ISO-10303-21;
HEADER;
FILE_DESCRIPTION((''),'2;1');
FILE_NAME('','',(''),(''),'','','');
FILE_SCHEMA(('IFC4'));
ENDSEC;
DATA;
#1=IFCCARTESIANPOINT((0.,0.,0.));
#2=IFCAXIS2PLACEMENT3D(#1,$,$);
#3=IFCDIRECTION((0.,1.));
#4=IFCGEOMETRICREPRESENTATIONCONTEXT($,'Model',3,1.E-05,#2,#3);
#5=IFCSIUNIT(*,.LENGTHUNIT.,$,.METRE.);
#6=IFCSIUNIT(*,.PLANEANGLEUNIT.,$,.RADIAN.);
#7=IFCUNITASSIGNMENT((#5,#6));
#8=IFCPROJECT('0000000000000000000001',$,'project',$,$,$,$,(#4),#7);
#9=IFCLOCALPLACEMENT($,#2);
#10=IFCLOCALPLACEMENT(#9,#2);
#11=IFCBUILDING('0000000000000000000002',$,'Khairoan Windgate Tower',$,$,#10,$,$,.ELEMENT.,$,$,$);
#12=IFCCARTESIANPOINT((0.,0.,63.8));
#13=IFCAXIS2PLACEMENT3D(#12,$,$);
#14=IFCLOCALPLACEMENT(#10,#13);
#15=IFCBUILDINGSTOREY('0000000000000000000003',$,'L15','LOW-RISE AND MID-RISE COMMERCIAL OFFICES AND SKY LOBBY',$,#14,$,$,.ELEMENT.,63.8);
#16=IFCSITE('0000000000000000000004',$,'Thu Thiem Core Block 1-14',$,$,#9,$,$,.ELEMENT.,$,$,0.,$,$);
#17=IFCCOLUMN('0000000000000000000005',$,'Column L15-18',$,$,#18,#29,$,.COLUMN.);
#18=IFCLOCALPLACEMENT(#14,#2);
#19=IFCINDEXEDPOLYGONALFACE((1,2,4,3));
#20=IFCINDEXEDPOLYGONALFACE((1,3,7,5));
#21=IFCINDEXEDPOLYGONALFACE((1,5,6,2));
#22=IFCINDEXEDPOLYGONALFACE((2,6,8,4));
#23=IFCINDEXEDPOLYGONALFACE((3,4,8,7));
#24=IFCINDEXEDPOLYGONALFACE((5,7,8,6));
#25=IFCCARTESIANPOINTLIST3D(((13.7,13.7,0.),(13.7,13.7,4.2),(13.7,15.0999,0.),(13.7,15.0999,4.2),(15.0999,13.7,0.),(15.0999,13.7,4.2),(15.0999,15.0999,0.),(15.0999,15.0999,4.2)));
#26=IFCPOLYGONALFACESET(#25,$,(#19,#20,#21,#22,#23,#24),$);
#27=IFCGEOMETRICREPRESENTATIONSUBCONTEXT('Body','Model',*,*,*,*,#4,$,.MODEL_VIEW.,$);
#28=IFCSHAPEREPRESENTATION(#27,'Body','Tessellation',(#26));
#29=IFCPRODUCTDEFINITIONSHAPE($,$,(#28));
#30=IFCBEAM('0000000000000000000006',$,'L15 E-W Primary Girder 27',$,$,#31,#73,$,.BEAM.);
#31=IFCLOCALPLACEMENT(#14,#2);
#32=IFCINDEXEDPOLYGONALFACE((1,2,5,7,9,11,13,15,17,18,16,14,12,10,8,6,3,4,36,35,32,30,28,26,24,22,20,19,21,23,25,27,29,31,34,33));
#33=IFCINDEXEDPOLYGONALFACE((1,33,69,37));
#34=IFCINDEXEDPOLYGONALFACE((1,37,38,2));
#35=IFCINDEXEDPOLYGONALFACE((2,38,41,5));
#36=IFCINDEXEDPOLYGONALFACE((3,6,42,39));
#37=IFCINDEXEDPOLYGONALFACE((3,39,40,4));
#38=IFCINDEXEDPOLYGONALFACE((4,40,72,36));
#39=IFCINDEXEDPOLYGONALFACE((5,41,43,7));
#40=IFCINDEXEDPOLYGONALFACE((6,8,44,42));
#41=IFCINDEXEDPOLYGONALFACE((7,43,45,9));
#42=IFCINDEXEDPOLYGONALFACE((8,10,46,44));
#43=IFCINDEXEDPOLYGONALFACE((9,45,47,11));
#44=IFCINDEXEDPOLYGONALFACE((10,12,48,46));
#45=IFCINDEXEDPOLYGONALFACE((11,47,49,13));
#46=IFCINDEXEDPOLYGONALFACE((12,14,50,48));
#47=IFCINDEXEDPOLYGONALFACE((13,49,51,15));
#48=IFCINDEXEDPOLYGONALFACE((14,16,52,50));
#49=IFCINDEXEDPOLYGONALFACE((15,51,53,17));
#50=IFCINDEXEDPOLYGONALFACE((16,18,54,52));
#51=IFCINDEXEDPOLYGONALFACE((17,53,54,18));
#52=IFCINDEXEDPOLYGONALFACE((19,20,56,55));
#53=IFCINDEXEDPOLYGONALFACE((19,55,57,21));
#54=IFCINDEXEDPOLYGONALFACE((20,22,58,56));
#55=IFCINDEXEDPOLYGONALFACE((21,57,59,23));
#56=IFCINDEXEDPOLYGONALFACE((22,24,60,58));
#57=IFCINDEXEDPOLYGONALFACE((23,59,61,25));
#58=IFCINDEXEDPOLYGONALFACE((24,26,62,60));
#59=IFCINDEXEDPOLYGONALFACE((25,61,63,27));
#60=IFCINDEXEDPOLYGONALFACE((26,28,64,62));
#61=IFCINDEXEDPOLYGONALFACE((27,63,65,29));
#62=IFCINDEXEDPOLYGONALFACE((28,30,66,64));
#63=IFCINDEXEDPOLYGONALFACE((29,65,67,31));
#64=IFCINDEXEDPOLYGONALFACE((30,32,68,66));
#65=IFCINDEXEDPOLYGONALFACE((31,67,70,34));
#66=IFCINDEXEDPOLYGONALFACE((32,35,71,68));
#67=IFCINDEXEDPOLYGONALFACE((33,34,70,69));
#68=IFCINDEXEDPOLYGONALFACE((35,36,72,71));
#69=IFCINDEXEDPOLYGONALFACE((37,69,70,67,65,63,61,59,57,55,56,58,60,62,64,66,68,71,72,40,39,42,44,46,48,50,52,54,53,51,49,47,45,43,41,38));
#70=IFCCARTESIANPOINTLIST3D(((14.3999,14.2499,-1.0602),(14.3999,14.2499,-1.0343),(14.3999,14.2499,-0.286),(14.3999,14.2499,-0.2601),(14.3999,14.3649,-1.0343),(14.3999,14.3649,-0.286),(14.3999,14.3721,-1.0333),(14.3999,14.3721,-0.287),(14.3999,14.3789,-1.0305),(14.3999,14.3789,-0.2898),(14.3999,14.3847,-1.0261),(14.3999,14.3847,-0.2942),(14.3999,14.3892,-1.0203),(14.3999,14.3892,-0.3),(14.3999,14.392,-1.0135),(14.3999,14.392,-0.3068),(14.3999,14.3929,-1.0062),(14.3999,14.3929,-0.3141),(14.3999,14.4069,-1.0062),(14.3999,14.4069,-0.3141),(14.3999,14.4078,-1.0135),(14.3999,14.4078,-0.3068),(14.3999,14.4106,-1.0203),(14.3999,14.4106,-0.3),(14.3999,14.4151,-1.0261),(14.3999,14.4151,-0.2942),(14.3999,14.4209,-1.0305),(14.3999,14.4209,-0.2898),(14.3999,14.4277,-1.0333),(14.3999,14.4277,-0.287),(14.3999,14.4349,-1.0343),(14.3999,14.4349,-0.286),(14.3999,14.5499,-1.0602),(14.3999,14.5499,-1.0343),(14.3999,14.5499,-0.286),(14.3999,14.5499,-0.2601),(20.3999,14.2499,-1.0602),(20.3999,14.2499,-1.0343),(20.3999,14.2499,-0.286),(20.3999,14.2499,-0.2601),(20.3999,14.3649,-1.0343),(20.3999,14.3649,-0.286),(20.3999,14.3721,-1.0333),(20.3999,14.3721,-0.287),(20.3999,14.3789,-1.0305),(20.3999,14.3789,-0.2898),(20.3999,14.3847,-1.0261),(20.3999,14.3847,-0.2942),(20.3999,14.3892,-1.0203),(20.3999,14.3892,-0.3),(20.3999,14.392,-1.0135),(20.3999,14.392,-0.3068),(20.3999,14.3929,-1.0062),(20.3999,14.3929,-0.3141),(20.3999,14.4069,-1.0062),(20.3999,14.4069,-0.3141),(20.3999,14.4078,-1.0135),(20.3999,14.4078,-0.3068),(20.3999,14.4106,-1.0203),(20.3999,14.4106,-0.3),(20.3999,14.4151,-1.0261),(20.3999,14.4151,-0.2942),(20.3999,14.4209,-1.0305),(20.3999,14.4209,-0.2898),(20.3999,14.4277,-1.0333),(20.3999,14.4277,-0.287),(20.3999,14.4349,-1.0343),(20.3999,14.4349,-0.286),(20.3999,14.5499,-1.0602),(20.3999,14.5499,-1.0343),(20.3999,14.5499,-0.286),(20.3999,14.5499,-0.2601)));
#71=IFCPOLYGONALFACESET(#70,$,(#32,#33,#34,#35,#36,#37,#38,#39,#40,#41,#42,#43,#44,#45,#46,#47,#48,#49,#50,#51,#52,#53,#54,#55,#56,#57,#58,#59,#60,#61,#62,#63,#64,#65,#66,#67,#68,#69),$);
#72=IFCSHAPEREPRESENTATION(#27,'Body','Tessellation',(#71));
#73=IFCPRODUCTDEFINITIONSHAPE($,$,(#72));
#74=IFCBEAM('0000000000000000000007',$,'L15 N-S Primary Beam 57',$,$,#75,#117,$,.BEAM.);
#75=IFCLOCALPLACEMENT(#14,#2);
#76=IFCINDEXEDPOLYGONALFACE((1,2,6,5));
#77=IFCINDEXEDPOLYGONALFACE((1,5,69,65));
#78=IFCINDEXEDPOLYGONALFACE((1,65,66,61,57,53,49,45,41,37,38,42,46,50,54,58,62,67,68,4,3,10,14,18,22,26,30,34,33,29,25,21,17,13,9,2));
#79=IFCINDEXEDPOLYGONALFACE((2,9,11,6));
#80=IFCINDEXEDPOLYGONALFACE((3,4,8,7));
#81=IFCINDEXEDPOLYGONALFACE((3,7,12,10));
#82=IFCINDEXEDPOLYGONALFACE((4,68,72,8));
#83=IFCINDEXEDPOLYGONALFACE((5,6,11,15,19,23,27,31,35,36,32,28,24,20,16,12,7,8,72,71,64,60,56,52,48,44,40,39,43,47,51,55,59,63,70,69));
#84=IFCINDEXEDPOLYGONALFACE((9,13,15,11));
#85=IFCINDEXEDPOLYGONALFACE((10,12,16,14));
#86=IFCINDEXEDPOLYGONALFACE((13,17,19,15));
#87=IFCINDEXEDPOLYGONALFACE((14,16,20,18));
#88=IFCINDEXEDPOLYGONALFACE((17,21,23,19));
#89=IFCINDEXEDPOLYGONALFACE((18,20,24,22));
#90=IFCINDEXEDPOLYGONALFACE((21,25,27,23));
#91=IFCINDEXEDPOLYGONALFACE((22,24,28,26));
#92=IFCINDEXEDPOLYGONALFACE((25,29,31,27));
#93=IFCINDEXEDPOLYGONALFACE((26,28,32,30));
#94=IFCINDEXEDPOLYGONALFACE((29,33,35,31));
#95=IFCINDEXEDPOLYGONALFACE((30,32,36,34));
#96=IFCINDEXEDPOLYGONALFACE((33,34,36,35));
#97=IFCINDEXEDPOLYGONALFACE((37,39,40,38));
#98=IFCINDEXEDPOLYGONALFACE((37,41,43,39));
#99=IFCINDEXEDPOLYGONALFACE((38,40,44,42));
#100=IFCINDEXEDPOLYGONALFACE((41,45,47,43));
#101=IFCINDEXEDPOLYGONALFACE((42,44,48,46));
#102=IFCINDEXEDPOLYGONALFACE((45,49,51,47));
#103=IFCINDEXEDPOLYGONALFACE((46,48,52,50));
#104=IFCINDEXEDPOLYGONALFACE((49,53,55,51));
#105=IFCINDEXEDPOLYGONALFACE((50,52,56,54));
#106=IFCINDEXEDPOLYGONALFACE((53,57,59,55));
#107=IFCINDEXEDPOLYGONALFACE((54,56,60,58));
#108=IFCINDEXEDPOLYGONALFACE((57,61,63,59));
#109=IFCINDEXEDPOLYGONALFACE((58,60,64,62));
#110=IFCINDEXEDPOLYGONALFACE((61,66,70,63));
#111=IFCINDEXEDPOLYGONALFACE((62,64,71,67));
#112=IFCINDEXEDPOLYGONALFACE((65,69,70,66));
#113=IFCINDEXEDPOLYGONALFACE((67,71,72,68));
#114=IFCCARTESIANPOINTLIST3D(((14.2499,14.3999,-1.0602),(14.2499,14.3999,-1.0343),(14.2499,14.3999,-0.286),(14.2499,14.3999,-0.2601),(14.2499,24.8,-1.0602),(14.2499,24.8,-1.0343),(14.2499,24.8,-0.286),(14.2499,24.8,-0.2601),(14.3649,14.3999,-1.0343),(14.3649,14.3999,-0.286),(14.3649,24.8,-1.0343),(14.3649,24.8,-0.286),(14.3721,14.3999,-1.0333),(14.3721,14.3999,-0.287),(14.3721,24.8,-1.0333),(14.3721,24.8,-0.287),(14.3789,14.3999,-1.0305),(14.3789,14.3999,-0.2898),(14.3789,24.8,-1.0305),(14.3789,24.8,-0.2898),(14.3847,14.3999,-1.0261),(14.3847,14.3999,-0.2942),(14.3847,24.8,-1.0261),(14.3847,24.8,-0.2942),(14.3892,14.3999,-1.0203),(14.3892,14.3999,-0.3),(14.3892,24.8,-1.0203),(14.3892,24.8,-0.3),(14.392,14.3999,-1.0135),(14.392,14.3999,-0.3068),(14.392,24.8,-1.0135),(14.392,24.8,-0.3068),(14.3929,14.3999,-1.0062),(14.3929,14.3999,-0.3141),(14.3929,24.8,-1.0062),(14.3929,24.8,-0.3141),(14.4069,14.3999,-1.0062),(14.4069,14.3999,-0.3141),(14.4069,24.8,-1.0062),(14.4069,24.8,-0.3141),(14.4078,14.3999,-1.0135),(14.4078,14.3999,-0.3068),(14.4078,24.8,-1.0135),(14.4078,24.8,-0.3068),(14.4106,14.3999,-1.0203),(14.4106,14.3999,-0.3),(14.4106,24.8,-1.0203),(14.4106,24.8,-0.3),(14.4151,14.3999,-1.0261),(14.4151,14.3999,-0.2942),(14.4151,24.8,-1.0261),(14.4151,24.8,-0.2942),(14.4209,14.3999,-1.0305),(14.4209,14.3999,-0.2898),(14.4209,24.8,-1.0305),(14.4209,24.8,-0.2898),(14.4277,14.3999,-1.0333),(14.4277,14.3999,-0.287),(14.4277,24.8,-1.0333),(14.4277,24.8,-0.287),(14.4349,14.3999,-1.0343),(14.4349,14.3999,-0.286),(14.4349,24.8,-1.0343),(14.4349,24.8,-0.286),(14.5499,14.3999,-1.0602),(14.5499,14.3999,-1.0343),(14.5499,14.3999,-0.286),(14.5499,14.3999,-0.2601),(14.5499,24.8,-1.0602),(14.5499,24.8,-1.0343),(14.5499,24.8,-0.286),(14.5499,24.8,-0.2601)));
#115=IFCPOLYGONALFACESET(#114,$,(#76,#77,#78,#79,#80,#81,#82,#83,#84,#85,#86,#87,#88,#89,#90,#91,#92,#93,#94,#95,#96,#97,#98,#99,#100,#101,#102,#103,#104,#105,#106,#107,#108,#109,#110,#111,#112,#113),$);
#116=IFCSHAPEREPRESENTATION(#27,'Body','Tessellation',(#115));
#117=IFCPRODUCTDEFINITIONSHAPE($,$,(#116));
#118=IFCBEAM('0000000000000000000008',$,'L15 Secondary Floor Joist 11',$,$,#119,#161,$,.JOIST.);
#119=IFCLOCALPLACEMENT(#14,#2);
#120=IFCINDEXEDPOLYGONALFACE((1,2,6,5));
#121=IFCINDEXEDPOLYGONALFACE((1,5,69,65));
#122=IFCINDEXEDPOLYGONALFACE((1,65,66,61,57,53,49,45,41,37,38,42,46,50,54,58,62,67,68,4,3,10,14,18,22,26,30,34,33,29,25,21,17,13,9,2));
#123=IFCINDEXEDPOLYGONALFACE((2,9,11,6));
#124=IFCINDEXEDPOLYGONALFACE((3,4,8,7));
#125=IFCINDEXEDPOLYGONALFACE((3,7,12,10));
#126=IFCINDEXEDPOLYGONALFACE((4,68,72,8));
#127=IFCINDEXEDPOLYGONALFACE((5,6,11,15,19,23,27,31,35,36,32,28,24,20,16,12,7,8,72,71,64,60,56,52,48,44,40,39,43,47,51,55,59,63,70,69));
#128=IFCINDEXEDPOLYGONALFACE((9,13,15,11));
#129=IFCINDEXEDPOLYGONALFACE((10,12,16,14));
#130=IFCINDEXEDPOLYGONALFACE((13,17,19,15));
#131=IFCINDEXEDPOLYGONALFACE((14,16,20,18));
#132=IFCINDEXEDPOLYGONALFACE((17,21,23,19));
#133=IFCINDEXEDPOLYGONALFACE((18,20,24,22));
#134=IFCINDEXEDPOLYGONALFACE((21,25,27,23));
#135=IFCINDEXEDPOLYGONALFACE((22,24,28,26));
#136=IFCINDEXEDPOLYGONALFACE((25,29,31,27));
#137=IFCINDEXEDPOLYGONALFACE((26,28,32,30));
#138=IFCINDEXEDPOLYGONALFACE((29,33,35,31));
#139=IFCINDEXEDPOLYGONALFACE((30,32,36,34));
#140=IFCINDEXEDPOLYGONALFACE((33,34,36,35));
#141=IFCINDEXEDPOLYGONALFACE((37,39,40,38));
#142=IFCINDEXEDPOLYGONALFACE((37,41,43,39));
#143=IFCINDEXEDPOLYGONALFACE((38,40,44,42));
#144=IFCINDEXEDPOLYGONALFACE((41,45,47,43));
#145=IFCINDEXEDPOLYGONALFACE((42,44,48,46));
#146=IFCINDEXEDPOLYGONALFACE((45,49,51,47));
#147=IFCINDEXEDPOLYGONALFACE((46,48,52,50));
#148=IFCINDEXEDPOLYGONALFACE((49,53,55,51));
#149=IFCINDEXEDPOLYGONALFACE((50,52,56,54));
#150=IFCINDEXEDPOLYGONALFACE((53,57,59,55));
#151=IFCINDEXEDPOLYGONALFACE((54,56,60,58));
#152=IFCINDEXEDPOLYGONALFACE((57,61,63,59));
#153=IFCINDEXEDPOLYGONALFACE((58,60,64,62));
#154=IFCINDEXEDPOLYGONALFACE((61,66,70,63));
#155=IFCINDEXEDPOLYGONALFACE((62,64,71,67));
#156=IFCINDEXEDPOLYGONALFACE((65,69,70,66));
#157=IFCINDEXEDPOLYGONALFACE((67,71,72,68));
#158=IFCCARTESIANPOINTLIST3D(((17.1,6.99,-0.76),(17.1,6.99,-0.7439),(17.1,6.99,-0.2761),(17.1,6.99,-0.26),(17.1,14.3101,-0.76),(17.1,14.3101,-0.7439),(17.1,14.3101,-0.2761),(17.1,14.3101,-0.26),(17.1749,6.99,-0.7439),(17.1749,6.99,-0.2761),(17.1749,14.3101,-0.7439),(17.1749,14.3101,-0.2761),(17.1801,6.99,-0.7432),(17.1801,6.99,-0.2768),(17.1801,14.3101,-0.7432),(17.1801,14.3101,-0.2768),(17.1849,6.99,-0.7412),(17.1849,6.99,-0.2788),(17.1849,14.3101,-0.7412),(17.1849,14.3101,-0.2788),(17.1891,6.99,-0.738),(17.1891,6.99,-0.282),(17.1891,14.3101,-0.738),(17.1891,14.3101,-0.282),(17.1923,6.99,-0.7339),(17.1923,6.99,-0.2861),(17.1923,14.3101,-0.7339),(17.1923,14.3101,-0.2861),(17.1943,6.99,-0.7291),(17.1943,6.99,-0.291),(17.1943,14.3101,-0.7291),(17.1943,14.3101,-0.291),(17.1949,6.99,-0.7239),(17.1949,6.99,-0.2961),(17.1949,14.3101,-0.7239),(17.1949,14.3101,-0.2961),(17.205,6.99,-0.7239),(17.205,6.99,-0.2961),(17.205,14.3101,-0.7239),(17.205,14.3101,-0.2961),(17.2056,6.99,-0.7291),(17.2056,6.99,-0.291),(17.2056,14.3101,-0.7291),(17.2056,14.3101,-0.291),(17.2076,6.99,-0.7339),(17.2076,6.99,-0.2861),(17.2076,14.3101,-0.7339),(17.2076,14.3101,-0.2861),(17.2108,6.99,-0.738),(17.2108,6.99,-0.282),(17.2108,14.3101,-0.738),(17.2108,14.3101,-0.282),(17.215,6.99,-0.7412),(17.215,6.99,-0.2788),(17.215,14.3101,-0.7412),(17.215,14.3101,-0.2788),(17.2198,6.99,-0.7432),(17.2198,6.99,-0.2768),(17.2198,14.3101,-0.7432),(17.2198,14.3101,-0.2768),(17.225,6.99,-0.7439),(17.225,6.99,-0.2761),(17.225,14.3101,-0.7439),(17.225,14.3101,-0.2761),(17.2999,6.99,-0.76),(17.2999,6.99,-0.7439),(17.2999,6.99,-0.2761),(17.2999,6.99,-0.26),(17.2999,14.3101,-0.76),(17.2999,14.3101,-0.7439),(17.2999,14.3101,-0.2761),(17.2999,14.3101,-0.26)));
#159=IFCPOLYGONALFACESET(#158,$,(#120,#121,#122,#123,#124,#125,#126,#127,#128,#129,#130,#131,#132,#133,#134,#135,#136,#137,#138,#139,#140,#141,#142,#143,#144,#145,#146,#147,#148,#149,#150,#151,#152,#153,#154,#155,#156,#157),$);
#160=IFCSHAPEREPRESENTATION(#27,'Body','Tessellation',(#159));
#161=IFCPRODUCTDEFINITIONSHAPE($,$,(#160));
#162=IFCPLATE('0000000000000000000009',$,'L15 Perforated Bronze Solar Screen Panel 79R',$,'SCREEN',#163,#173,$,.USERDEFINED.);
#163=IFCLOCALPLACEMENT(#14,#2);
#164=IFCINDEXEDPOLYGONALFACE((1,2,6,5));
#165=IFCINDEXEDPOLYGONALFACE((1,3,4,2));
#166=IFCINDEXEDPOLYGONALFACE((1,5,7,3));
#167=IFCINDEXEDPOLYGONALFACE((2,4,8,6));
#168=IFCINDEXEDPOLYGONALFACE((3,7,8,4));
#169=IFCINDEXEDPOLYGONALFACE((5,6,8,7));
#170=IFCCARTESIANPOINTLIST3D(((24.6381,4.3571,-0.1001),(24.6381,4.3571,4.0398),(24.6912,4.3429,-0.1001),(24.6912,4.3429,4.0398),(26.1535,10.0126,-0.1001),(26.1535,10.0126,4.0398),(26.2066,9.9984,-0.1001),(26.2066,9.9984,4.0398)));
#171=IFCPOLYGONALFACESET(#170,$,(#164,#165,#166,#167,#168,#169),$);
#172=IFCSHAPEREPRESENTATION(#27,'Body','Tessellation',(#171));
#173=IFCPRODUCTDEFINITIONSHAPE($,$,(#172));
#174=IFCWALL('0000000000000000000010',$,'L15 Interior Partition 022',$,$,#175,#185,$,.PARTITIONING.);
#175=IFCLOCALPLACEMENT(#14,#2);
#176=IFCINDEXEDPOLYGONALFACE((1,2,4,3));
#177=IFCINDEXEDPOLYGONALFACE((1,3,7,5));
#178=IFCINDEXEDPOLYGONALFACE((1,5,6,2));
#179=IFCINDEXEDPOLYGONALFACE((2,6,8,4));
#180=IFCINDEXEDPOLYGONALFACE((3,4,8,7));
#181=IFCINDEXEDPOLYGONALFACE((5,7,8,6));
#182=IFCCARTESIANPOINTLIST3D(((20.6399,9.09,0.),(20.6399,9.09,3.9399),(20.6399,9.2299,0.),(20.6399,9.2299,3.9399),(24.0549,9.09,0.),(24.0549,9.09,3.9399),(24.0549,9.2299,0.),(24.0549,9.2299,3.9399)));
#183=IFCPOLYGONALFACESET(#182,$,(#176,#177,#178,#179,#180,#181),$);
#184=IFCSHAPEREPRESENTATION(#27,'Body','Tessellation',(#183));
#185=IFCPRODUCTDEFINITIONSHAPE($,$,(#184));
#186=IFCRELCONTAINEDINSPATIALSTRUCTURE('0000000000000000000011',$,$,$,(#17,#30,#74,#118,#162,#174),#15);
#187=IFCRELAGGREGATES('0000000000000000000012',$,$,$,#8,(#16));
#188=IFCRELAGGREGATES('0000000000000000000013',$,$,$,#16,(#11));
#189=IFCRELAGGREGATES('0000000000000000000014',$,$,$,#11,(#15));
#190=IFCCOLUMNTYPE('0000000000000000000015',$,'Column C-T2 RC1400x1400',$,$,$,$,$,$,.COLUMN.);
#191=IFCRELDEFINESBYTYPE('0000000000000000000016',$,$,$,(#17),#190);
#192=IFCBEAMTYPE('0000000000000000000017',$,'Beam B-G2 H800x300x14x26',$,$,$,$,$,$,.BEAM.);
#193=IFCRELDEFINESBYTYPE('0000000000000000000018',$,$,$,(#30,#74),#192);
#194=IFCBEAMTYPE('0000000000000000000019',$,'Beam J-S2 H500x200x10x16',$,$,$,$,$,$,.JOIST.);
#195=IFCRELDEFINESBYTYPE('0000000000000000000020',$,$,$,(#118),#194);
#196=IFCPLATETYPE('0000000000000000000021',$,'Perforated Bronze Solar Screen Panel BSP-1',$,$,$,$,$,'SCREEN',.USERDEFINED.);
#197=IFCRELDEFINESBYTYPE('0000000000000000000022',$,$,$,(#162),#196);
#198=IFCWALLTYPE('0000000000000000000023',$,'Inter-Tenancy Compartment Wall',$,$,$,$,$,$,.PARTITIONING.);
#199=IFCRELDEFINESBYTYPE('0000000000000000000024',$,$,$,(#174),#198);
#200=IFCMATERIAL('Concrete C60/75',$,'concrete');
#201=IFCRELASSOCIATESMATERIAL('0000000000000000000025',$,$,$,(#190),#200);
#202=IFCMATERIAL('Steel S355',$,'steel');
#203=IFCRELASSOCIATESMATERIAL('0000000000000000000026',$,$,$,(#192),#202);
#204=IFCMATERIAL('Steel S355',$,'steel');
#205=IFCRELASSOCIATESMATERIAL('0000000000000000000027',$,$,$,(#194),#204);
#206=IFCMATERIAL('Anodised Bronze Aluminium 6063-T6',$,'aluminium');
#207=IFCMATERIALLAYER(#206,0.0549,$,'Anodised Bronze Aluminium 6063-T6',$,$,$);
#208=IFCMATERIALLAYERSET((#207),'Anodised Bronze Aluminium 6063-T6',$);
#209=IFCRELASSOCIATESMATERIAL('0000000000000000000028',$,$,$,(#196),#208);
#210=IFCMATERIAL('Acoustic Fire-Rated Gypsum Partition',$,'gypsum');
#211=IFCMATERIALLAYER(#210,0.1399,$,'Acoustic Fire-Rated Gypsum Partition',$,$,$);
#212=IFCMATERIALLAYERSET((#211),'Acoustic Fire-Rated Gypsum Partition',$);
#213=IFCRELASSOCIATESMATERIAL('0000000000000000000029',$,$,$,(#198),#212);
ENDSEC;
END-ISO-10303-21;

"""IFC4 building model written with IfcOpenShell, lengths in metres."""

from ifc_helpers import new_model, si_unit, direction, frame, frame_2d, origin, origin_2d, place, context, subcontext, project, spatial, rectangle, i_section, extrude, material, layer, layer_set, material_profile, profile_set, type_object, element, save


model = new_model("IFC4")

# Units and contexts
model_context = context("Model", 3, precision=1e-05, world=origin(), true_north=direction((0.0, 1.0)))
body_context = subcontext(model_context, "Body", "Model", "MODEL_VIEW")
ifc_project = project(units=[si_unit("LENGTHUNIT", "METRE"), si_unit("PLANEANGLEUNIT", "RADIAN")], contexts=[model_context])

# Site, building, storey
site_placement = place(None, origin())
site = spatial("IfcSite", under=ifc_project, at=site_placement, Name="Thu Thiem Core Block 1-14", CompositionType="ELEMENT", RefElevation=0.0)
building_placement = place(site_placement, origin())
building = spatial("IfcBuilding", under=site, at=building_placement, Name="Khairoan Windgate Tower", CompositionType="ELEMENT")
storey_placement = place(building_placement, frame((0.0, 0.0, 63.8)))
storey = spatial("IfcBuildingStorey", under=building, at=storey_placement, Name="L15", Description="LOW-RISE AND MID-RISE COMMERCIAL OFFICES AND SKY LOBBY", CompositionType="ELEMENT", Elevation=63.8)

# Column
ifc_material_1 = material(Name="Concrete C60/75", Category="concrete")
ifc_material_profile_1 = material_profile(ifc_material_1, rectangle(XDim=1.3999, YDim=1.3999, at=origin_2d()))
ifc_profile_set_1 = profile_set([ifc_material_profile_1], Name="Concrete C60/75")
column_type = type_object("IfcColumnType", Name="Column C-T2 RC1400x1400", PredefinedType="COLUMN", material=ifc_profile_set_1)
column_placement = place(storey_placement, frame((14.3999, 14.3999, 0.0), z_axis=(0.0, 0.0, 1.0), x_axis=(1.0, 0.0, 0.0)))
element("IfcColumn", 1, at=column_placement, inside=storey, type_object=column_type, Name="Column L15-18", PredefinedType="COLUMN", context=body_context, shape_type="SweptSolid", body=[
    extrude(rectangle(XDim=1.3999, YDim=1.3999, at=origin_2d()), origin(), (0.0, 0.0, 1.0), 4.2),
])

# Beams
ifc_material_2 = material(Name="Steel S355", Category="steel")
ifc_material_profile_2 = material_profile(ifc_material_2, i_section(OverallWidth=0.3, OverallDepth=0.8, WebThickness=0.0139, FlangeThickness=0.0259, FilletRadius=0.0281, at=origin_2d()))
ifc_profile_set_2 = profile_set([ifc_material_profile_2], Name="Steel S355")
beam_type_1 = type_object("IfcBeamType", Name="Beam B-G2 H800x300x14x26", PredefinedType="BEAM", material=ifc_profile_set_2)
beam_1_placement = place(storey_placement, frame((14.3999, 14.3999, -0.6602), z_axis=(1.0, 0.0, 0.0), x_axis=(0.0, 1.0, 0.0)))
element("IfcBeam", 2, at=beam_1_placement, inside=storey, type_object=beam_type_1, Name="L15 E-W Primary Girder 27", PredefinedType="BEAM", context=body_context, shape_type="SweptSolid", body=[
    extrude(i_section(OverallWidth=0.3, OverallDepth=0.8, WebThickness=0.0139, FlangeThickness=0.0259, FilletRadius=0.0281, at=origin_2d()), origin(), (0.0, 0.0, 1.0), 6.0),
])
beam_2_placement = place(storey_placement, frame((14.3999, 14.3999, -0.6602), z_axis=(0.0, 1.0, 0.0), x_axis=(-1.0, 0.0, 0.0)))
element("IfcBeam", 3, at=beam_2_placement, inside=storey, type_object=beam_type_1, Name="L15 N-S Primary Beam 57", PredefinedType="BEAM", context=body_context, shape_type="SweptSolid", body=[
    extrude(i_section(OverallWidth=0.3, OverallDepth=0.8, WebThickness=0.0139, FlangeThickness=0.0259, FilletRadius=0.0281, at=origin_2d()), origin(), (0.0, 0.0, 1.0), 10.4001),
])
ifc_material_3 = material(Name="Steel S355", Category="steel")
ifc_material_profile_3 = material_profile(ifc_material_3, i_section(OverallWidth=0.2, OverallDepth=0.5, WebThickness=0.01, FlangeThickness=0.0161, FilletRadius=0.02, at=origin_2d()))
ifc_profile_set_3 = profile_set([ifc_material_profile_3], Name="Steel S355")
beam_type_2 = type_object("IfcBeamType", Name="Beam J-S2 H500x200x10x16", PredefinedType="JOIST", material=ifc_profile_set_3)
beam_3_placement = place(storey_placement, frame((17.2, 6.99, -0.51), z_axis=(0.0, 1.0, 0.0), x_axis=(-1.0, 0.0, 0.0)))
element("IfcBeam", 4, at=beam_3_placement, inside=storey, type_object=beam_type_2, Name="L15 Secondary Floor Joist 11", PredefinedType="JOIST", context=body_context, shape_type="SweptSolid", body=[
    extrude(i_section(OverallWidth=0.2, OverallDepth=0.5, WebThickness=0.01, FlangeThickness=0.0161, FilletRadius=0.02, at=origin_2d()), origin(), (0.0, 0.0, 1.0), 7.3201),
])

# Plate
ifc_material_4 = material(Name="Anodised Bronze Aluminium 6063-T6", Category="aluminium")
ifc_layer_1 = layer(ifc_material_4, 0.0549, Name="Anodised Bronze Aluminium 6063-T6")
ifc_layer_set_1 = layer_set([ifc_layer_1], Name="Anodised Bronze Aluminium 6063-T6")
plate_type = type_object("IfcPlateType", Name="Perforated Bronze Solar Screen Panel BSP-1", ElementType="SCREEN", PredefinedType="USERDEFINED", material=ifc_layer_set_1)
plate_placement = place(storey_placement, frame((25.4224, 7.1777, -0.1001), z_axis=(0.0, 0.0, 1.0), x_axis=(-0.258819, -0.965926, 0.0)))
element("IfcPlate", 5, at=plate_placement, inside=storey, type_object=plate_type, Name="L15 Perforated Bronze Solar Screen Panel 79R", ObjectType="SCREEN", PredefinedType="USERDEFINED", context=body_context, shape_type="SweptSolid", body=[
    extrude(rectangle(XDim=5.855, YDim=0.0549, at=origin_2d()), origin(), (0.0, 0.0, 1.0), 4.1399),
])

# Wall
ifc_material_5 = material(Name="Acoustic Fire-Rated Gypsum Partition", Category="gypsum")
ifc_layer_2 = layer(ifc_material_5, 0.1399, Name="Acoustic Fire-Rated Gypsum Partition")
ifc_layer_set_2 = layer_set([ifc_layer_2], Name="Acoustic Fire-Rated Gypsum Partition")
wall_type_1 = type_object("IfcWallType", Name="Inter-Tenancy Compartment Wall", PredefinedType="PARTITIONING", material=ifc_layer_set_2)
wall_1_placement = place(storey_placement, frame((20.6399, 9.1599, 0.0), z_axis=(0.0, 0.0, 1.0), x_axis=(1.0, 0.0, 0.0)))
element("IfcWall", 6, at=wall_1_placement, inside=storey, type_object=wall_type_1, Name="L15 Interior Partition 022", PredefinedType="PARTITIONING", context=body_context, shape_type="SweptSolid", body=[
    extrude(rectangle(XDim=3.415, YDim=0.1399, at=frame_2d((1.7075, 0.0))), origin(), (0.0, 0.0, 1.0), 3.9399),
])

save(model, "model.ifc")
